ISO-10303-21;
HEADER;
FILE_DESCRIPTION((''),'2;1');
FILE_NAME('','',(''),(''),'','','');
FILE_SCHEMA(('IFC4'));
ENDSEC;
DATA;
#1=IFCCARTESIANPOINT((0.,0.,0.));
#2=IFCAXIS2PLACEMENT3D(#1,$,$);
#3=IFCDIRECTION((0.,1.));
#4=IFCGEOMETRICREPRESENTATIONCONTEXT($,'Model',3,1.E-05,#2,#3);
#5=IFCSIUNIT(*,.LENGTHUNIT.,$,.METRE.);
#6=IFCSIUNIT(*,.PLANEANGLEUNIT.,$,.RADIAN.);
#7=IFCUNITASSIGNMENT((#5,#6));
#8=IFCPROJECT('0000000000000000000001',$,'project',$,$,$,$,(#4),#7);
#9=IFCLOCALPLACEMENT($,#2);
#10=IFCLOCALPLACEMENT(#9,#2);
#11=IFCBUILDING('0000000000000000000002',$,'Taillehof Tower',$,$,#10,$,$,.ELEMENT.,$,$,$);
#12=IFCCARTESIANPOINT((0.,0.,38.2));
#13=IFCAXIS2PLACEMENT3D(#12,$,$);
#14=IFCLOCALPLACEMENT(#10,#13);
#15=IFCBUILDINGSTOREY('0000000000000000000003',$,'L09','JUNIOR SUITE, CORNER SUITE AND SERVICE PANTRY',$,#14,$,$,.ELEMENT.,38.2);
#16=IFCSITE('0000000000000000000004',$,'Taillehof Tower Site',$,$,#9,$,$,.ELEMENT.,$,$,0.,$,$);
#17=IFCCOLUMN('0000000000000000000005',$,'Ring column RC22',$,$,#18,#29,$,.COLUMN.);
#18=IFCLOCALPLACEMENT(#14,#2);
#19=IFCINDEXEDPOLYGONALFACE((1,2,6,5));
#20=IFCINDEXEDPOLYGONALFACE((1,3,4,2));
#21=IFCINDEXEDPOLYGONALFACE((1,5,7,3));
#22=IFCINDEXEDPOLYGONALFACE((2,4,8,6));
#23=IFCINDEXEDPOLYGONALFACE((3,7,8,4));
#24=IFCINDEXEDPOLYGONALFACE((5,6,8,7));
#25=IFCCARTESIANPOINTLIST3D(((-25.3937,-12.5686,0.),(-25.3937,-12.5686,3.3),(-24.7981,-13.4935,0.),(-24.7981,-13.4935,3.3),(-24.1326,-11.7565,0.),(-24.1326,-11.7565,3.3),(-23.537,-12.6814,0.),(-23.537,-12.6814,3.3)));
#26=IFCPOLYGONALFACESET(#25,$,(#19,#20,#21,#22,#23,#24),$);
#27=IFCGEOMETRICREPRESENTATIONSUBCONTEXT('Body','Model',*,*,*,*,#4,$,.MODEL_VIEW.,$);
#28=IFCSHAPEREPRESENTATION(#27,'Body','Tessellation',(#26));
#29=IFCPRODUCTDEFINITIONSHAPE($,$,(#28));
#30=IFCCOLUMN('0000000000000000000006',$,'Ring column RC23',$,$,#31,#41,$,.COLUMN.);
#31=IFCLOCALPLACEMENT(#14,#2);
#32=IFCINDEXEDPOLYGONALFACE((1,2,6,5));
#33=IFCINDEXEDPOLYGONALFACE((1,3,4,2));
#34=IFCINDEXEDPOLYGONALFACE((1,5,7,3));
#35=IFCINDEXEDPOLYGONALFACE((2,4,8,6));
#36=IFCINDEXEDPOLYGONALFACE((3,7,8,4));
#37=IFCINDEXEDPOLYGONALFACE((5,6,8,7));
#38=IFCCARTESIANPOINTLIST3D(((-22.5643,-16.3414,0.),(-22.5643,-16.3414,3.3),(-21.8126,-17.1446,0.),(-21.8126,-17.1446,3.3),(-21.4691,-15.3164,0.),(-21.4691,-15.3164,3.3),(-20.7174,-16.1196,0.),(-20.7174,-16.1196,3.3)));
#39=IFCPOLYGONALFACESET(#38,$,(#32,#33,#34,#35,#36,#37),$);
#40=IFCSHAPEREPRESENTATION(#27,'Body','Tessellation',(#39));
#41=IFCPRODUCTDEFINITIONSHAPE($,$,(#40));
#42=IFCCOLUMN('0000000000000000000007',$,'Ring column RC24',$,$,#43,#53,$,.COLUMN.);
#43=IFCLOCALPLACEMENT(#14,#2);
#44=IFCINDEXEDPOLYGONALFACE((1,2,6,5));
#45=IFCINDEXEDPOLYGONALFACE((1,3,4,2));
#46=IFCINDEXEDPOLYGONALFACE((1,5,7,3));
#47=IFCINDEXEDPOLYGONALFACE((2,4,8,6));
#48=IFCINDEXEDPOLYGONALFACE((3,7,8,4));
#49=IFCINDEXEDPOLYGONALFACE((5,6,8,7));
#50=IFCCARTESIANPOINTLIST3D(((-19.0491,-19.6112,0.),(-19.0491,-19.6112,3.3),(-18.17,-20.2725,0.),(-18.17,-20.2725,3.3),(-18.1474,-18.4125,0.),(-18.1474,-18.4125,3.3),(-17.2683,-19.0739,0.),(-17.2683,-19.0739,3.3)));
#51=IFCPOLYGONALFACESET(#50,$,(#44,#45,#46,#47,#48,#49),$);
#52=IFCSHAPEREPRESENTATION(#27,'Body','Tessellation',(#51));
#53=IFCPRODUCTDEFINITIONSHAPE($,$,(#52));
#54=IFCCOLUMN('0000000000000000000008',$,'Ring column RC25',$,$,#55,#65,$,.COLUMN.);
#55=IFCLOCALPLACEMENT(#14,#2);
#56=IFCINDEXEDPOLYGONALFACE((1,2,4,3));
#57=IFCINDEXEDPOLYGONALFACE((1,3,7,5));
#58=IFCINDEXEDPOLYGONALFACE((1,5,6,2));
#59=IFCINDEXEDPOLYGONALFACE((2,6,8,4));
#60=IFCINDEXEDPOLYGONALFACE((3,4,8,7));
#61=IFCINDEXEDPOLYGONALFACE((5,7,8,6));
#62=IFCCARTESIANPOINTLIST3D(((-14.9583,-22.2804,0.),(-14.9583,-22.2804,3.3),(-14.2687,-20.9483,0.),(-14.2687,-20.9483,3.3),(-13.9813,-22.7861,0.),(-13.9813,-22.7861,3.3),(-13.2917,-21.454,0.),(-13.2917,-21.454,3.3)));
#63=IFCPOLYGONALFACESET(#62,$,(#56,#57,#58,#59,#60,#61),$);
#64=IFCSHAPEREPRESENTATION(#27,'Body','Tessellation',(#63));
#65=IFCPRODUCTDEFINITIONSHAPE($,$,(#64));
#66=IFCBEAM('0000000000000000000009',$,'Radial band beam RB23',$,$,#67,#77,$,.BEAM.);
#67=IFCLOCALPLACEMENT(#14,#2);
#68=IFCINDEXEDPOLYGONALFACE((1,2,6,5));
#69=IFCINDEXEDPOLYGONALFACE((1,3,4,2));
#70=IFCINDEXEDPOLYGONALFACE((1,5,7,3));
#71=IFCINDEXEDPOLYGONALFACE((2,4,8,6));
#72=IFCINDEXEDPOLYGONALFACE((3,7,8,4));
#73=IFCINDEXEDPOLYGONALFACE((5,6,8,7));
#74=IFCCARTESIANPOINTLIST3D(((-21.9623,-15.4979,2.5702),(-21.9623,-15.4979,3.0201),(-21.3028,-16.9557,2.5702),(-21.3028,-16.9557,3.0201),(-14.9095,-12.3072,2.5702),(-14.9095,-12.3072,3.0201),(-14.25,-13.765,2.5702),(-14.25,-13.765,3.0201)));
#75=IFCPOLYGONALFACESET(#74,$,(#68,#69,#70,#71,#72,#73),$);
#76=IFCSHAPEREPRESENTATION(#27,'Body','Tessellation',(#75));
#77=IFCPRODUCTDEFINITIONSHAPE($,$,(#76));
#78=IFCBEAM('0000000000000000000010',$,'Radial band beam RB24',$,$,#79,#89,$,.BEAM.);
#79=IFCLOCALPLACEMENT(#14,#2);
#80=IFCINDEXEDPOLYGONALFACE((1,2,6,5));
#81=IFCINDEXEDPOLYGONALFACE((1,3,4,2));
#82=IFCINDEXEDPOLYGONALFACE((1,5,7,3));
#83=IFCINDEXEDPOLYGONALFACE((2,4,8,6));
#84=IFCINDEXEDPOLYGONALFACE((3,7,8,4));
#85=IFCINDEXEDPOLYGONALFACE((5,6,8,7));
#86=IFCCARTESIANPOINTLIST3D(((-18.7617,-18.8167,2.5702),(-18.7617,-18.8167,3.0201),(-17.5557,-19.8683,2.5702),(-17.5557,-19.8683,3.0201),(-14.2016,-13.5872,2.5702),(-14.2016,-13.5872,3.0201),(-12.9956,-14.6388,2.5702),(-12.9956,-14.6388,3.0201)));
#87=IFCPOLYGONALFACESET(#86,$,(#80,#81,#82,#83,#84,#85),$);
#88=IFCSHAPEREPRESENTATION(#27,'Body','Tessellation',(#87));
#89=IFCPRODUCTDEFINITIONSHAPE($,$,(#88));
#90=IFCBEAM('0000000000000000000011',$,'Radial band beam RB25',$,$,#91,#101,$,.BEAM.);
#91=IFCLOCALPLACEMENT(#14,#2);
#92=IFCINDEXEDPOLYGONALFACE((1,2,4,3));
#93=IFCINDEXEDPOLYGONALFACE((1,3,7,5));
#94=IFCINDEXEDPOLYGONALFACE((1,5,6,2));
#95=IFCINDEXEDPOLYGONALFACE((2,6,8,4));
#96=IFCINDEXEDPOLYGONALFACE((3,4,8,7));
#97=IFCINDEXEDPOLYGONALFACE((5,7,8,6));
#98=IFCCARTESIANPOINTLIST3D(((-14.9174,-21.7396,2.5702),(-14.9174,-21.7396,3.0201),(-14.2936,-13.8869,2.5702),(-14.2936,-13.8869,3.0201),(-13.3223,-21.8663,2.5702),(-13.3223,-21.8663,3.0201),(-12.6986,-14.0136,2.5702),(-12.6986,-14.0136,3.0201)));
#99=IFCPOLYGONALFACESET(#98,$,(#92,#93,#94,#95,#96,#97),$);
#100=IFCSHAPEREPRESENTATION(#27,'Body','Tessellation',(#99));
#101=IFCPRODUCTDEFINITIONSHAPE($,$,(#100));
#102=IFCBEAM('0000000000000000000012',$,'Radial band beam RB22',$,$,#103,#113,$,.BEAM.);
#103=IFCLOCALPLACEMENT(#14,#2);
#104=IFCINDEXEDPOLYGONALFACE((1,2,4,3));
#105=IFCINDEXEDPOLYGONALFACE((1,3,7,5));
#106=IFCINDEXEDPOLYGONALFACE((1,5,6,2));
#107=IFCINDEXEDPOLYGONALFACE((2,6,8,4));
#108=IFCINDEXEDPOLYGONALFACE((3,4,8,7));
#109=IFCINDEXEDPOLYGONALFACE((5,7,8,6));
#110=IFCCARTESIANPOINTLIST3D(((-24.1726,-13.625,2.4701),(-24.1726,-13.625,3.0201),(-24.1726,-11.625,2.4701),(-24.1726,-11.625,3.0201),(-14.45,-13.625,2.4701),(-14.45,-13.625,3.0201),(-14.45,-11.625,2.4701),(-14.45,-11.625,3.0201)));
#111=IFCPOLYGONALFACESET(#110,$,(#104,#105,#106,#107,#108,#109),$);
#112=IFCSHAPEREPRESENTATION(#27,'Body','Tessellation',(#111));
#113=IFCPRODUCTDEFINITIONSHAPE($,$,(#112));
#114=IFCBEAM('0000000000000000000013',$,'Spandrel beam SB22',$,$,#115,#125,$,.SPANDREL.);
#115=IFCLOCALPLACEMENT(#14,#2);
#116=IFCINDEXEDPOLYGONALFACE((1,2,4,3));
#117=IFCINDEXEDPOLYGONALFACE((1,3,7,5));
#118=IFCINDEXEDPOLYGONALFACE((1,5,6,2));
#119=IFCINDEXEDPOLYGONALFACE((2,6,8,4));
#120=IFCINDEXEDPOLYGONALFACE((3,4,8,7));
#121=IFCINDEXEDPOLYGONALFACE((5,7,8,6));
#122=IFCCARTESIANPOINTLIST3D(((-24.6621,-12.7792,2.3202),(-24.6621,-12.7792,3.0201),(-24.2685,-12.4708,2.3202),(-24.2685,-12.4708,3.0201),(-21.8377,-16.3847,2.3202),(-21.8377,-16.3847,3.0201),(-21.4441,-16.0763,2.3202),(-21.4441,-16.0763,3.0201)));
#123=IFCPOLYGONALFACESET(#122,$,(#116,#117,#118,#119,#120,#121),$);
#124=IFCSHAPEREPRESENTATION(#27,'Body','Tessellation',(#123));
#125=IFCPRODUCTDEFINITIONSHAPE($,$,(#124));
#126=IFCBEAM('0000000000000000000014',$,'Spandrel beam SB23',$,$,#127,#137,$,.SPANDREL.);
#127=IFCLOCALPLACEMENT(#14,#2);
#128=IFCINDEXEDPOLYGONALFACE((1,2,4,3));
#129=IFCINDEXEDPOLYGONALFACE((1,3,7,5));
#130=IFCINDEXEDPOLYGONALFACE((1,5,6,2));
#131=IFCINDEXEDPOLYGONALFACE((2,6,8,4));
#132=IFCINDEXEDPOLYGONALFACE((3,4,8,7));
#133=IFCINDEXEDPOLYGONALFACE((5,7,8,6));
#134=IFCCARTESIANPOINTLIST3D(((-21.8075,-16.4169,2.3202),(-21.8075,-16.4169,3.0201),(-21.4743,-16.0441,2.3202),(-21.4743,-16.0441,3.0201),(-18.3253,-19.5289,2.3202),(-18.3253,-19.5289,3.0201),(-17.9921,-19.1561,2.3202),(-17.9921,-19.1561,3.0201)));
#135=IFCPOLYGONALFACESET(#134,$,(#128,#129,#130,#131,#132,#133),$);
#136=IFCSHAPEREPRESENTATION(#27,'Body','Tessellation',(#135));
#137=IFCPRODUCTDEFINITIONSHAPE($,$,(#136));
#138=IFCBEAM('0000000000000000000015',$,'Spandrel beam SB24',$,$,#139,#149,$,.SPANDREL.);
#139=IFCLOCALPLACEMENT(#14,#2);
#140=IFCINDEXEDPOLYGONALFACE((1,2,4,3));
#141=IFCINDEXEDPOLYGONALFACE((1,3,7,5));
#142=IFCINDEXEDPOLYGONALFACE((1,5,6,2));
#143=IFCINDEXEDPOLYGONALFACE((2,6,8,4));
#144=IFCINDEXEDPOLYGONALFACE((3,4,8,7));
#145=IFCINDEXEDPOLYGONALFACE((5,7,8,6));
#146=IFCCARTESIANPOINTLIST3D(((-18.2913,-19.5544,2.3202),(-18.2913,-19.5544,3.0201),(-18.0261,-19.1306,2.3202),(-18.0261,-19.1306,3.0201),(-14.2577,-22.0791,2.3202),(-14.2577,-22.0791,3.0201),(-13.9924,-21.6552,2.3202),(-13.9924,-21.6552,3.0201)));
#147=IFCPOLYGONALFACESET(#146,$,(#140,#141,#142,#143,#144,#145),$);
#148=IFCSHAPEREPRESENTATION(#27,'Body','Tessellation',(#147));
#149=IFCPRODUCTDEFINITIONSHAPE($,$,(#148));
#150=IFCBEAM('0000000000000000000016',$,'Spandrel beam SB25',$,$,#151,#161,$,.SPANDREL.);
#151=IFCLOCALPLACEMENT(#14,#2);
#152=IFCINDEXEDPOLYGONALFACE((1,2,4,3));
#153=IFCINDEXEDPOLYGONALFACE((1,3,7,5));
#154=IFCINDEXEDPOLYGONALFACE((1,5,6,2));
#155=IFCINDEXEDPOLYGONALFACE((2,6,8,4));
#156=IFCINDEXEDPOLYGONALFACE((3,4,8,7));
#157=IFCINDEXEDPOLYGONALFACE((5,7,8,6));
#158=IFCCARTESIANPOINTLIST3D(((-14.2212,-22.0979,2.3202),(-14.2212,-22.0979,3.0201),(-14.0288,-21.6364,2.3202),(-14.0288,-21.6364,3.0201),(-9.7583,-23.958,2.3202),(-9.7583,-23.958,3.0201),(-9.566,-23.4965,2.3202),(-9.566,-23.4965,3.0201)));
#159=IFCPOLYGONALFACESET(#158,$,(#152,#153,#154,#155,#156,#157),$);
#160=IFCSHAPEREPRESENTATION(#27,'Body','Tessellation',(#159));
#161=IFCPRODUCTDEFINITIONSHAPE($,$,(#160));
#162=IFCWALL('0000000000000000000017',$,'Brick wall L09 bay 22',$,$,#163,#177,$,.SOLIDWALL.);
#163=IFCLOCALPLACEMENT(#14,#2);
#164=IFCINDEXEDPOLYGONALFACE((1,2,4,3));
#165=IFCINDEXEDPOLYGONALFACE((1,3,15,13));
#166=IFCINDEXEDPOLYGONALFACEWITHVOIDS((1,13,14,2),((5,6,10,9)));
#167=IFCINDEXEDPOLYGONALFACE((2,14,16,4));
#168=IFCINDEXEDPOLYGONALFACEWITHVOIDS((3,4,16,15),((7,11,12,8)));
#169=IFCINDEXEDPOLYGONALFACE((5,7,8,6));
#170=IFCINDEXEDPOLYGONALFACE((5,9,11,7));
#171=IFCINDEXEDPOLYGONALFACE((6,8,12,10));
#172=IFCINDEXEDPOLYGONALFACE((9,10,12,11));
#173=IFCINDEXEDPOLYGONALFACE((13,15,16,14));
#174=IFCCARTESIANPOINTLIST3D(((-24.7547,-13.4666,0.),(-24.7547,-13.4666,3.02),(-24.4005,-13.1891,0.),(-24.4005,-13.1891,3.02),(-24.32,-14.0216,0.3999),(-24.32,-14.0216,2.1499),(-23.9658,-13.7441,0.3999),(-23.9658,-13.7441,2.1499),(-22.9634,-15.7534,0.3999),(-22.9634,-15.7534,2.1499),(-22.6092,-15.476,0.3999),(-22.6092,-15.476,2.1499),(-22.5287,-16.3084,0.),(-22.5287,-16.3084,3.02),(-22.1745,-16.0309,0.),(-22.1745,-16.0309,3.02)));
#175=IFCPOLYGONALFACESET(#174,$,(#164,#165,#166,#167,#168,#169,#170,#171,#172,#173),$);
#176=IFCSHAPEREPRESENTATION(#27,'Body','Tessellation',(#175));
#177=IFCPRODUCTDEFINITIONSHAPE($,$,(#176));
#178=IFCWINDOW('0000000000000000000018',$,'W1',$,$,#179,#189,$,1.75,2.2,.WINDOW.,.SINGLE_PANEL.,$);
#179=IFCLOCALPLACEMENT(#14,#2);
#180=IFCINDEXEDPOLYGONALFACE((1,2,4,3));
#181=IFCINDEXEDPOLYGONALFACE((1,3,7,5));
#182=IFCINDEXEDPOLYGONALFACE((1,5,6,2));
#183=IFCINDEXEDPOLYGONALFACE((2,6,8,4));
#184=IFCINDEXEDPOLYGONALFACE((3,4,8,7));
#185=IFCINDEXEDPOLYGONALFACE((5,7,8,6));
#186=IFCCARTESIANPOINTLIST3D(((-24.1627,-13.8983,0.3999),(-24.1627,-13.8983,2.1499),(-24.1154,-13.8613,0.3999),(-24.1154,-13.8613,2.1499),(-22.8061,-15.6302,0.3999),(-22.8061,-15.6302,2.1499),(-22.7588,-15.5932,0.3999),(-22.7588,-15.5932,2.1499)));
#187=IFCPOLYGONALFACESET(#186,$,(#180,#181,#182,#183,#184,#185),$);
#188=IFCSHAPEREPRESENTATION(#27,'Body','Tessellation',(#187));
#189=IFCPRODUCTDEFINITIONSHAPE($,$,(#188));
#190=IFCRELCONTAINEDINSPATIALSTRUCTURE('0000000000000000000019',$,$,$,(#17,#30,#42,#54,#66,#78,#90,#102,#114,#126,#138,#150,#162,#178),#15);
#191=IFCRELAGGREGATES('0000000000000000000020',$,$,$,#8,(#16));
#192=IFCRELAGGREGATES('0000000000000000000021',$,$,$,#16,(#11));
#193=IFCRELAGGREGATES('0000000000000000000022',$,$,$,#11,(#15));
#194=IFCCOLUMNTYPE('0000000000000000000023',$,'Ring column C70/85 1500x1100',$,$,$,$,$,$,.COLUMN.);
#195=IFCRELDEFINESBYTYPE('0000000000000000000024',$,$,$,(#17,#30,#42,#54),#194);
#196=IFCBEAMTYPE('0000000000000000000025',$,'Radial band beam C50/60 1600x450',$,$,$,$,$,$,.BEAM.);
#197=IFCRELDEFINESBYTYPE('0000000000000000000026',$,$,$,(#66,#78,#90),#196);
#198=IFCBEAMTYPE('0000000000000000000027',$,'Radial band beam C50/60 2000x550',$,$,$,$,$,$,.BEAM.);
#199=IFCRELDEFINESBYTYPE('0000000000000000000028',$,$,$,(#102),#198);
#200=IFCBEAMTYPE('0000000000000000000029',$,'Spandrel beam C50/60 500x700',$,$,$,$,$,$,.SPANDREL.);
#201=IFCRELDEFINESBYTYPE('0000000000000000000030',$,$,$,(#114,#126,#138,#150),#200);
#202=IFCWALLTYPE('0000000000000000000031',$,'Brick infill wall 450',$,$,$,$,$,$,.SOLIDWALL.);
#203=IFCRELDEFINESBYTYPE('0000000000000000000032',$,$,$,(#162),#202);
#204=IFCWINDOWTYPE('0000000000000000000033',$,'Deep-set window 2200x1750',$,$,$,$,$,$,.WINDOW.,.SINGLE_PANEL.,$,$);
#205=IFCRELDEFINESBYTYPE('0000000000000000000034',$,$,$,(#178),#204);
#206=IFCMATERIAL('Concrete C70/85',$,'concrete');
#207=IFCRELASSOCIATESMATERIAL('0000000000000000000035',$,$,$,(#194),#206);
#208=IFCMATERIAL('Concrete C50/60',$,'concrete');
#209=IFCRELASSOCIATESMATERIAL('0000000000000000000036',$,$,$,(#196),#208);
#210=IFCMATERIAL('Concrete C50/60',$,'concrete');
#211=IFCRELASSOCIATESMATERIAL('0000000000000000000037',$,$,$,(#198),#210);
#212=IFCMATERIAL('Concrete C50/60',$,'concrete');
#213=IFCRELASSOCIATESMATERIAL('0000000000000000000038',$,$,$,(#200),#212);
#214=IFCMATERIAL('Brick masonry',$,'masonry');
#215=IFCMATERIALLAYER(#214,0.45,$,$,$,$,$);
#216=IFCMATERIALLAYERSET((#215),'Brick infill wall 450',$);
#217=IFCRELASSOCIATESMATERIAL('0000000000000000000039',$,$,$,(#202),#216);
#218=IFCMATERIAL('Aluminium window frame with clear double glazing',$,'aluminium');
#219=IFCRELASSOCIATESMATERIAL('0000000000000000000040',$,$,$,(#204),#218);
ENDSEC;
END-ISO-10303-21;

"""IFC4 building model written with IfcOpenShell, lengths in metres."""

from ifc_helpers import new_model, si_unit, direction, frame, frame_2d, origin, origin_2d, place, context, subcontext, project, spatial, rectangle, extrude, material, layer, layer_set, material_profile, profile_set, type_object, element, fill, save


model = new_model("IFC4")

# Units and contexts
model_context = context("Model", 3, precision=1e-05, world=origin(), true_north=direction((0.0, 1.0)))
body_context = subcontext(model_context, "Body", "Model", "MODEL_VIEW")
ifc_project = project(units=[si_unit("LENGTHUNIT", "METRE"), si_unit("PLANEANGLEUNIT", "RADIAN")], contexts=[model_context])

# Site, building, storey
site_placement = place(None, origin())
site = spatial("IfcSite", under=ifc_project, at=site_placement, Name="Taillehof Tower Site", CompositionType="ELEMENT", RefElevation=0.0)
building_placement = place(site_placement, origin())
building = spatial("IfcBuilding", under=site, at=building_placement, Name="Taillehof Tower", CompositionType="ELEMENT")
storey_placement = place(building_placement, frame((0.0, 0.0, 38.2)))
storey = spatial("IfcBuildingStorey", under=building, at=storey_placement, Name="L09", Description="JUNIOR SUITE, CORNER SUITE AND SERVICE PANTRY", CompositionType="ELEMENT", Elevation=38.2)

# Columns
ifc_material_1 = material(Name="Concrete C70/85", Category="concrete")
ifc_material_profile_1 = material_profile(ifc_material_1, rectangle(XDim=1.5, YDim=1.1001, at=origin_2d()), Name="RC 1500x1100")
ifc_profile_set_1 = profile_set([ifc_material_profile_1], Name="Concrete C70/85")
column_type = type_object("IfcColumnType", Name="Ring column C70/85 1500x1100", PredefinedType="COLUMN", material=ifc_profile_set_1)
for number, where, z_axis, x_axis, name in (
    (1, (-24.4653, -12.625, 0.0), (0.0, 0.0, 1.0), (-0.840754, -0.541418, 0.0), "Ring column RC22"),
    (2, (-21.6409, -16.2305, 0.0), (0.0, 0.0, 1.0), (-0.730113, -0.683326, 0.0), "Ring column RC23"),
    (3, (-18.1587, -19.3425, 0.0), (0.0, 0.0, 1.0), (-0.601174, -0.799118, 0.0), "Ring column RC24"),
    (4, (-14.125, -21.8672, 0.0), (0.0, 0.0, 1.0), (-0.459691, -0.888079, 0.0), "Ring column RC25"),
):
    element("IfcColumn", number, at=place(storey_placement, frame(where, z_axis=z_axis, x_axis=x_axis)), inside=storey, type_object=column_type, Name=name, PredefinedType="COLUMN", context=body_context, shape_type="SweptSolid", body=[
        extrude(rectangle(XDim=1.5, YDim=1.1001, at=origin_2d()), origin(), (0.0, 0.0, 1.0), 3.3),
    ])

# Beams
ifc_material_2 = material(Name="Concrete C50/60", Category="concrete")
ifc_material_profile_2 = material_profile(ifc_material_2, rectangle(XDim=1.6001, YDim=0.45, at=origin_2d()), Name="RC 1600x450")
ifc_profile_set_2 = profile_set([ifc_material_profile_2], Name="Concrete C50/60")
beam_type_1 = type_object("IfcBeamType", Name="Radial band beam C50/60 1600x450", PredefinedType="BEAM", material=ifc_profile_set_2)
beam_1_placement = place(storey_placement, frame((-21.6326, -16.2268, 2.7952), z_axis=(0.911101, 0.412184, 0.0), x_axis=(-0.412184, 0.911101, 0.0)))
element("IfcBeam", 5, at=beam_1_placement, inside=storey, type_object=beam_type_1, Name="Radial band beam RB23", PredefinedType="BEAM", context=body_context, shape_type="SweptSolid", body=[
    extrude(rectangle(XDim=1.6001, YDim=0.45, at=origin_2d()), origin(), (0.0, 0.0, 1.0), 7.741),
])
beam_2_placement = place(storey_placement, frame((-18.1587, -19.3425, 2.7952), z_axis=(0.657218, 0.7537, 0.0), x_axis=(-0.7537, 0.657218, 0.0)))
element("IfcBeam", 6, at=beam_2_placement, inside=storey, type_object=beam_type_1, Name="Radial band beam RB24", PredefinedType="BEAM", context=body_context, shape_type="SweptSolid", body=[
    extrude(rectangle(XDim=1.6001, YDim=0.45, at=origin_2d()), origin(), (0.0, 0.0, 1.0), 6.9385),
])
beam_3_placement = place(storey_placement, frame((-14.1199, -21.803, 2.7952), z_axis=(0.079185, 0.99686, 0.0), x_axis=(-0.99686, 0.079185, 0.0)))
element("IfcBeam", 7, at=beam_3_placement, inside=storey, type_object=beam_type_1, Name="Radial band beam RB25", PredefinedType="BEAM", context=body_context, shape_type="SweptSolid", body=[
    extrude(rectangle(XDim=1.6001, YDim=0.45, at=origin_2d()), origin(), (0.0, 0.0, 1.0), 7.8774),
])
ifc_material_3 = material(Name="Concrete C50/60", Category="concrete")
ifc_material_profile_3 = material_profile(ifc_material_3, rectangle(XDim=2.0, YDim=0.55, at=origin_2d()), Name="RC 2000x550")
ifc_profile_set_3 = profile_set([ifc_material_profile_3], Name="Concrete C50/60")
beam_type_2 = type_object("IfcBeamType", Name="Radial band beam C50/60 2000x550", PredefinedType="BEAM", material=ifc_profile_set_3)
beam_4_placement = place(storey_placement, frame((-24.1726, -12.625, 2.7451), z_axis=(1.0, 0.0, 0.0), x_axis=(0.0, 1.0, 0.0)))
element("IfcBeam", 8, at=beam_4_placement, inside=storey, type_object=beam_type_2, Name="Radial band beam RB22", PredefinedType="BEAM", context=body_context, shape_type="SweptSolid", body=[
    extrude(rectangle(XDim=2.0, YDim=0.55, at=origin_2d()), origin(), (0.0, 0.0, 1.0), 9.7227),
])
ifc_material_4 = material(Name="Concrete C50/60", Category="concrete")
ifc_material_profile_4 = material_profile(ifc_material_4, rectangle(XDim=0.5, YDim=0.7, at=origin_2d()), Name="RC 500x700")
ifc_profile_set_4 = profile_set([ifc_material_profile_4], Name="Concrete C50/60")
beam_type_3 = type_object("IfcBeamType", Name="Spandrel beam C50/60 500x700", PredefinedType="SPANDREL", material=ifc_profile_set_4)
beam_5_placement = place(storey_placement, frame((-24.4653, -12.625, 2.6702), z_axis=(0.616686, -0.787209, 0.0), x_axis=(0.787209, 0.616686, 0.0)))
element("IfcBeam", 9, at=beam_5_placement, inside=storey, type_object=beam_type_3, Name="Spandrel beam SB22", PredefinedType="SPANDREL", context=body_context, shape_type="SweptSolid", body=[
    extrude(rectangle(XDim=0.5, YDim=0.7, at=origin_2d()), origin(), (0.0, 0.0, 1.0), 4.5801),
])
beam_6_placement = place(storey_placement, frame((-21.6409, -16.2305, 2.6702), z_axis=(0.745621, -0.66637, 0.0), x_axis=(0.66637, 0.745621, 0.0)))
element("IfcBeam", 10, at=beam_6_placement, inside=storey, type_object=beam_type_3, Name="Spandrel beam SB23", PredefinedType="SPANDREL", context=body_context, shape_type="SweptSolid", body=[
    extrude(rectangle(XDim=0.5, YDim=0.7, at=origin_2d()), origin(), (0.0, 0.0, 1.0), 4.6702),
])
beam_7_placement = place(storey_placement, frame((-18.1587, -19.3425, 2.6702), z_axis=(0.847658, -0.530543, 0.0), x_axis=(0.530543, 0.847658, 0.0)))
element("IfcBeam", 11, at=beam_7_placement, inside=storey, type_object=beam_type_3, Name="Spandrel beam SB24", PredefinedType="SPANDREL", context=body_context, shape_type="SweptSolid", body=[
    extrude(rectangle(XDim=0.5, YDim=0.7, at=origin_2d()), origin(), (0.0, 0.0, 1.0), 4.7585),
])
beam_8_placement = place(storey_placement, frame((-14.125, -21.8672, 2.6702), z_axis=(0.923035, -0.384716, 0.0), x_axis=(0.384716, 0.923035, 0.0)))
element("IfcBeam", 12, at=beam_8_placement, inside=storey, type_object=beam_type_3, Name="Spandrel beam SB25", PredefinedType="SPANDREL", context=body_context, shape_type="SweptSolid", body=[
    extrude(rectangle(XDim=0.5, YDim=0.7, at=origin_2d()), origin(), (0.0, 0.0, 1.0), 4.835),
])

# Wall, opening, window
ifc_material_5 = material(Name="Brick masonry", Category="masonry")
ifc_layer_1 = layer(ifc_material_5, 0.45)
ifc_layer_set_1 = layer_set([ifc_layer_1], Name="Brick infill wall 450")
wall_type_1 = type_object("IfcWallType", Name="Brick infill wall 450", PredefinedType="SOLIDWALL", material=ifc_layer_set_1)
wall_1_placement = place(storey_placement, frame((-24.5776, -13.3279, 0.0), z_axis=(0.0, 0.0, 1.0), x_axis=(0.616662, -0.787228, 0.0)))
wall_1 = element("IfcWall", 13, at=wall_1_placement, inside=storey, type_object=wall_type_1, Name="Brick wall L09 bay 22", PredefinedType="SOLIDWALL", context=body_context, shape_type="SweptSolid", body=[
    extrude(rectangle(XDim=3.6099, YDim=0.45, at=frame_2d((1.8049, 0.0))), origin(), (0.0, 0.0, 1.0), 3.02),
])
opening_1_placement = place(wall_1_placement, frame((0.7048, 0.0, 0.3999)))
opening_1 = element("IfcOpeningElement", 14, at=opening_1_placement, cuts=wall_1, PredefinedType="OPENING", context=body_context, shape_type="SweptSolid", body=[
    extrude(rectangle(XDim=2.2, YDim=1.75, at=frame_2d((1.1001, 0.875))), frame((0.0, 0.2349, 0.0), z_axis=(0.0, -1.0, 0.0), x_axis=(1.0, 0.0, 0.0)), (0.0, 0.0, 1.0), 0.47),
])
ifc_material_6 = material(Name="Aluminium window frame with clear double glazing", Category="aluminium")
window_type = type_object("IfcWindowType", Name="Deep-set window 2200x1750", PartitioningType="SINGLE_PANEL", PredefinedType="WINDOW", material=ifc_material_6)
window_1_placement = place(opening_1_placement, origin())
window_1 = element("IfcWindow", 15, at=window_1_placement, inside=storey, type_object=window_type, Name="W1", OverallHeight=1.75, OverallWidth=2.2, PartitioningType="SINGLE_PANEL", PredefinedType="WINDOW", context=body_context, shape_type="SweptSolid", body=[
    extrude(rectangle(XDim=2.2, YDim=1.75, at=frame_2d((1.1001, 0.875))), frame((0.0, 0.0349, 0.0), z_axis=(0.0, -1.0, 0.0), x_axis=(1.0, 0.0, 0.0)), (0.0, 0.0, 1.0), 0.0601),
])
fill(opening_1, window_1)

save(model, "model.ifc")
